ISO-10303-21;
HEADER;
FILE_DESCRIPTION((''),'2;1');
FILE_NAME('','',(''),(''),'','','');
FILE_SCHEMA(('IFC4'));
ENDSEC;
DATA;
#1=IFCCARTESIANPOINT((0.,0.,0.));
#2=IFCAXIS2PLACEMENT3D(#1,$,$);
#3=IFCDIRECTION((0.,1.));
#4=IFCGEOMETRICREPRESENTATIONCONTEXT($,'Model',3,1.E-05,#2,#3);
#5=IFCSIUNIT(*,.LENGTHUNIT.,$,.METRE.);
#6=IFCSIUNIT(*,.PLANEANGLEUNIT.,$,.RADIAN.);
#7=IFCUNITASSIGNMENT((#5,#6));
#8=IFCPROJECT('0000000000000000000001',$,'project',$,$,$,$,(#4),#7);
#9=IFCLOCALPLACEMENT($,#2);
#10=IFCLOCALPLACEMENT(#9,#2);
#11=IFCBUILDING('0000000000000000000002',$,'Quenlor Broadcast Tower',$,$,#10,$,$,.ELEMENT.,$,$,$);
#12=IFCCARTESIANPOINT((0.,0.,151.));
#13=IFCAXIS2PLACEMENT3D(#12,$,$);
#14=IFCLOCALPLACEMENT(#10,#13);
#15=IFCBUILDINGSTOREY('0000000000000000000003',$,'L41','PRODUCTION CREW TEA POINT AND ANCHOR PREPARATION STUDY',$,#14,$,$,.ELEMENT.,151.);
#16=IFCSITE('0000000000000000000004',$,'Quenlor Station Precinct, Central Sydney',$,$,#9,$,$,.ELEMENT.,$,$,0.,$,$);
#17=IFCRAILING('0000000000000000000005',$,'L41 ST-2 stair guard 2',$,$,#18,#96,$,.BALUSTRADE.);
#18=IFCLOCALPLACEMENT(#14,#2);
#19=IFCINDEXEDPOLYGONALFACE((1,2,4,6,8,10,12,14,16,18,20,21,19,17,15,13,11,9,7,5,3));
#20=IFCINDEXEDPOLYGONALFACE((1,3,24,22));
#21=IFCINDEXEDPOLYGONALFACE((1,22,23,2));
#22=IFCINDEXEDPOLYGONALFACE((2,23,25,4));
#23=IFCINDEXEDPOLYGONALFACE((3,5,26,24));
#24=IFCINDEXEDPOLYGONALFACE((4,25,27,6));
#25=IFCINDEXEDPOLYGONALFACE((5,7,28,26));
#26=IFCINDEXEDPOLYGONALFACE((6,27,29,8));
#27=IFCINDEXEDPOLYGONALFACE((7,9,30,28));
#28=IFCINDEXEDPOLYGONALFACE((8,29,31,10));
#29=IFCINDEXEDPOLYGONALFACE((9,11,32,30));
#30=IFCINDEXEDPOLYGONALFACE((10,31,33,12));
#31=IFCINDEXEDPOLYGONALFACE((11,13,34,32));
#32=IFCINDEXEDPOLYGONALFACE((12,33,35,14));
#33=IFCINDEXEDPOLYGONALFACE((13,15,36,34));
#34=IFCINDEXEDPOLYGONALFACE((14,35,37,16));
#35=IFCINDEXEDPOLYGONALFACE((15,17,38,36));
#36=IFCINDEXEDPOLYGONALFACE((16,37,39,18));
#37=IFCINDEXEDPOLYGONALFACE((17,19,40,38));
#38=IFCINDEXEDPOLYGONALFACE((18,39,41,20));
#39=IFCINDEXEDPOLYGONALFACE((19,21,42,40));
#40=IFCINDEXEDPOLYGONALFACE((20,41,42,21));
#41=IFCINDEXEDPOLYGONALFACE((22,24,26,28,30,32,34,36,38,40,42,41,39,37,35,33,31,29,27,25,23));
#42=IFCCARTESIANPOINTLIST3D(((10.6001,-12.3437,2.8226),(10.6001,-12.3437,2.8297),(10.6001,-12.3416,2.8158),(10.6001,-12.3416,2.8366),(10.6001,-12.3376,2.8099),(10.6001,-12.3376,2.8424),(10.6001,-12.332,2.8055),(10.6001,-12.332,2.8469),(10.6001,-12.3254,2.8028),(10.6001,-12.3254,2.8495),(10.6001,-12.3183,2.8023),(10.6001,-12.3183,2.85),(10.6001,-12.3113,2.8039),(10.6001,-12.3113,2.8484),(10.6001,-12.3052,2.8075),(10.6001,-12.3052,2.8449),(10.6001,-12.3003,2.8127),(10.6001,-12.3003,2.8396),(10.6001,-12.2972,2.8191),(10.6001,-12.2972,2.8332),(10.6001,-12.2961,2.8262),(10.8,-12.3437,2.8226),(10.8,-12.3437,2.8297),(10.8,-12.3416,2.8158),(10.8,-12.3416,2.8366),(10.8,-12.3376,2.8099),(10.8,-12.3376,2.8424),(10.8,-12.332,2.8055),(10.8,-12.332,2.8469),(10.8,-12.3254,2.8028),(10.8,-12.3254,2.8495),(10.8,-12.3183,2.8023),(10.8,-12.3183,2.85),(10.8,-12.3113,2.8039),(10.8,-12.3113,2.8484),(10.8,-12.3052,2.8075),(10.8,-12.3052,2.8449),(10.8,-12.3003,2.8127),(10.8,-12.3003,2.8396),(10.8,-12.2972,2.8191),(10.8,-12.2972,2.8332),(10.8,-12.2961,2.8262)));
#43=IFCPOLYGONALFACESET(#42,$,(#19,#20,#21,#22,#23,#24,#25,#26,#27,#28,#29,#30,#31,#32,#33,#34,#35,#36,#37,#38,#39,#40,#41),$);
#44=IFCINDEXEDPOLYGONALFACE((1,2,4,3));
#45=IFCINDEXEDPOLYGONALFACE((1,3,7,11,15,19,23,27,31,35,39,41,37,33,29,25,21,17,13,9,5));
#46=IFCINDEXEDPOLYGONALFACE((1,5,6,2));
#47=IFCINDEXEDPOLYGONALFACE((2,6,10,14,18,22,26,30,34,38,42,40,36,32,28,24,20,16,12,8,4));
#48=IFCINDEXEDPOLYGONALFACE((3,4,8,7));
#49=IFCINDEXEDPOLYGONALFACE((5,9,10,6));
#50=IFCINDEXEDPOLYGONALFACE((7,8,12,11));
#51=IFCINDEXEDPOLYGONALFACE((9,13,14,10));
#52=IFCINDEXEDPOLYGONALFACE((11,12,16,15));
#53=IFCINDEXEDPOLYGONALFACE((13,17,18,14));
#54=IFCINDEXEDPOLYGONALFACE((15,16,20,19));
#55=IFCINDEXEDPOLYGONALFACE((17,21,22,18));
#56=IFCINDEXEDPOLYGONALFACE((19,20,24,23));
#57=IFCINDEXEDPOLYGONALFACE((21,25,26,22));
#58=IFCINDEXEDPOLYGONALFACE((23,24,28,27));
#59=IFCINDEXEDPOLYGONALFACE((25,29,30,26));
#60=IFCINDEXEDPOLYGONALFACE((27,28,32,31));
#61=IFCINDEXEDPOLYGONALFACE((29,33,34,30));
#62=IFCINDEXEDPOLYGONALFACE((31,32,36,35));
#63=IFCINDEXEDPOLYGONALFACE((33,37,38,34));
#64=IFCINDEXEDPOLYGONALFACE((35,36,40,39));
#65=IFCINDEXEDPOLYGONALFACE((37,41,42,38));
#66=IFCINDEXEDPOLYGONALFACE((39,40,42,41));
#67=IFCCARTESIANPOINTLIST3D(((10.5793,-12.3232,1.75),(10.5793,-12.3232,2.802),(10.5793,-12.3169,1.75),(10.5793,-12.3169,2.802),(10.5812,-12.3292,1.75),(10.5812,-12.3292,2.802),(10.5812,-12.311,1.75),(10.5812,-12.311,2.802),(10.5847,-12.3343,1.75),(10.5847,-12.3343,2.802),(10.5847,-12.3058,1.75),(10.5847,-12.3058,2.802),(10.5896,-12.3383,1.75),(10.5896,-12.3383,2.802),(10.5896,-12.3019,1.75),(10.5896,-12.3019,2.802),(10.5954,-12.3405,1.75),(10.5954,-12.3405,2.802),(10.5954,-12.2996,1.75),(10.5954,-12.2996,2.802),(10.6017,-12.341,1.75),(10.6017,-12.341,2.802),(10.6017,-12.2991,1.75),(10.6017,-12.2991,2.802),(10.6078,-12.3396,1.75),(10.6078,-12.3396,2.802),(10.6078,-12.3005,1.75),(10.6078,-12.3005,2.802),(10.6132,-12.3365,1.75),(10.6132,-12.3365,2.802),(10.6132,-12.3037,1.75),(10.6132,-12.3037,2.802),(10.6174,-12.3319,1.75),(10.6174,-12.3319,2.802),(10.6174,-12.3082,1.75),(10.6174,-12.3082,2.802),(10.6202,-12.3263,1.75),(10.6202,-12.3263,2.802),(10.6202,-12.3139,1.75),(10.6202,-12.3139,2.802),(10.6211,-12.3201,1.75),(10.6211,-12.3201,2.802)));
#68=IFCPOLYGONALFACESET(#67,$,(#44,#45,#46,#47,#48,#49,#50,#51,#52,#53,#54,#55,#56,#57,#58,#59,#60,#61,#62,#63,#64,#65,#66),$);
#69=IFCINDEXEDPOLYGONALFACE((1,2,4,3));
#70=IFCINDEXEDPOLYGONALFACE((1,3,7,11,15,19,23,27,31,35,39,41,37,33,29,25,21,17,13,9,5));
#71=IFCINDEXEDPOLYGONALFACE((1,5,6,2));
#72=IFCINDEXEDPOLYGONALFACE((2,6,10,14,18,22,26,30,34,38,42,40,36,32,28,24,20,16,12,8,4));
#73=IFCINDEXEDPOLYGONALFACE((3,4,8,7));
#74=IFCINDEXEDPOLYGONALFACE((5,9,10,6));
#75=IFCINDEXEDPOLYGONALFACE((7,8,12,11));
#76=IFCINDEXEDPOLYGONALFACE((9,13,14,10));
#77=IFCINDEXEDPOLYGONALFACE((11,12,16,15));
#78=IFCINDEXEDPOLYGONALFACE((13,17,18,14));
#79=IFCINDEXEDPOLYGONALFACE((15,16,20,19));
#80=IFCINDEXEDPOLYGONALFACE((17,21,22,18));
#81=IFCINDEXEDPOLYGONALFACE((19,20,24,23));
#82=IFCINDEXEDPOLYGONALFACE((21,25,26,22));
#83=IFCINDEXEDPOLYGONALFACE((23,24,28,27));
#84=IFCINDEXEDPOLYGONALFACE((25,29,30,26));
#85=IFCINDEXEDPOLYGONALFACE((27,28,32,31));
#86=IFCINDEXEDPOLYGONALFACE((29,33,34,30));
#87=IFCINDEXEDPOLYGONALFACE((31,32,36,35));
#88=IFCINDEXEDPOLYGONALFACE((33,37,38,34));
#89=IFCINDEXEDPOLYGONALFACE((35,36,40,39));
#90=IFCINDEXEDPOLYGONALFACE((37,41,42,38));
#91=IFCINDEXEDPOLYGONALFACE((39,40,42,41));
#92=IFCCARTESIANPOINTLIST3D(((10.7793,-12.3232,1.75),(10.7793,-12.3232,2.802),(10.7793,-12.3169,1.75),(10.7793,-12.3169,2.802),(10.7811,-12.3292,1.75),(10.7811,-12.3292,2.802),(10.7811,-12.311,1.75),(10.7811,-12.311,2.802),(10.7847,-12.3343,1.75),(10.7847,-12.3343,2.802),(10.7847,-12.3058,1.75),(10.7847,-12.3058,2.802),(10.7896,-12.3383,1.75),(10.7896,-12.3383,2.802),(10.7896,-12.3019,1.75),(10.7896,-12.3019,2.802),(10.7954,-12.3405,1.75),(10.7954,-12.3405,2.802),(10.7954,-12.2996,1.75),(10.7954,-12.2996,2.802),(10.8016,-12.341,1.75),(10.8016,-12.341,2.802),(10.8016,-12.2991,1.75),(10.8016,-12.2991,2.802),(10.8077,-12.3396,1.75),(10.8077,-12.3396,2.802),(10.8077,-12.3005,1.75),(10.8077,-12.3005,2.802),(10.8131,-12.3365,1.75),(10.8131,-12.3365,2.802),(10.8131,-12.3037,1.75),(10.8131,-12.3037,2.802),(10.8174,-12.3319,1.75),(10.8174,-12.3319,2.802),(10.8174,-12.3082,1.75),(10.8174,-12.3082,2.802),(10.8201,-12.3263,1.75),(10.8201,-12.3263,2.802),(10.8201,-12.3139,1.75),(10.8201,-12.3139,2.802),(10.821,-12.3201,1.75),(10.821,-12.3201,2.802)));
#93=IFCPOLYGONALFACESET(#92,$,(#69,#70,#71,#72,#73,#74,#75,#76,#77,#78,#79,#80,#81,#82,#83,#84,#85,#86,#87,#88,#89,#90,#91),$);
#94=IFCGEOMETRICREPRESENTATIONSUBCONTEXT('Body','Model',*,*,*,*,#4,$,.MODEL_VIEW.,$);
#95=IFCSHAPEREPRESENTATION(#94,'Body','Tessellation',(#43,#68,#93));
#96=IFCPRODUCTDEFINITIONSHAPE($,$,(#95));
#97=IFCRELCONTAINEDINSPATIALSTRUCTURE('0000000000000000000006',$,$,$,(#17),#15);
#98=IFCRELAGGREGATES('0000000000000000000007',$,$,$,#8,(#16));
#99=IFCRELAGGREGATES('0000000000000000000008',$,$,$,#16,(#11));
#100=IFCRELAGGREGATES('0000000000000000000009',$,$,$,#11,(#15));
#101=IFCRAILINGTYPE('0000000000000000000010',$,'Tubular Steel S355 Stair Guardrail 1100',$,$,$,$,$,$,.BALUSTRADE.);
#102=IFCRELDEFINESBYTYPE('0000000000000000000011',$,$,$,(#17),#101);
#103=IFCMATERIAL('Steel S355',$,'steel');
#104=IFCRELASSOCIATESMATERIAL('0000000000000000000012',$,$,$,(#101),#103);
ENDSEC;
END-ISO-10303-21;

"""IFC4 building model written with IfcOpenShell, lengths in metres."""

from ifc_helpers import new_model, si_unit, direction, frame, origin, origin_2d, place, context, subcontext, project, spatial, circle, extrude, material, type_object, element, save


model = new_model("IFC4")

# Units and contexts
model_context = context("Model", 3, precision=1e-05, world=origin(), true_north=direction((0.0, 1.0)))
body_context = subcontext(model_context, "Body", "Model", "MODEL_VIEW")
ifc_project = project(units=[si_unit("LENGTHUNIT", "METRE"), si_unit("PLANEANGLEUNIT", "RADIAN")], contexts=[model_context])

# Site, building, storey
site_placement = place(None, origin())
site = spatial("IfcSite", under=ifc_project, at=site_placement, Name="Quenlor Station Precinct, Central Sydney", CompositionType="ELEMENT", RefElevation=0.0)
building_placement = place(site_placement, origin())
building = spatial("IfcBuilding", under=site, at=building_placement, Name="Quenlor Broadcast Tower", CompositionType="ELEMENT")
storey_placement = place(building_placement, frame((0.0, 0.0, 151.0)))
storey = spatial("IfcBuildingStorey", under=building, at=storey_placement, Name="L41", Description="PRODUCTION CREW TEA POINT AND ANCHOR PREPARATION STUDY", CompositionType="ELEMENT", Elevation=151.0)

# Railing
ifc_material_1 = material(Name="Steel S355", Category="steel")
railing_type_1 = type_object("IfcRailingType", Name="Tubular Steel S355 Stair Guardrail 1100", PredefinedType="BALUSTRADE", material=ifc_material_1)
railing_1_placement = place(storey_placement, frame((10.6001, -12.3201, 1.75)))
element("IfcRailing", 1, at=railing_1_placement, inside=storey, type_object=railing_type_1, Name="L41 ST-2 stair guard 2", PredefinedType="BALUSTRADE", context=body_context, shape_type="SweptSolid", body=[
    extrude(circle(Radius=0.0239, at=origin_2d()), frame((0.0, 0.0, 1.0762), z_axis=(1.0, 0.0, 0.0), x_axis=(0.0, 1.0, 0.0)), (0.0, 0.0, 1.0), 0.2),
    extrude(circle(Radius=0.021, at=origin_2d()), origin(), (0.0, 0.0, 1.0), 1.052),
    extrude(circle(Radius=0.021, at=origin_2d()), frame((0.2, 0.0, 0.0)), (0.0, 0.0, 1.0), 1.052),
])

save(model, "model.ifc")
